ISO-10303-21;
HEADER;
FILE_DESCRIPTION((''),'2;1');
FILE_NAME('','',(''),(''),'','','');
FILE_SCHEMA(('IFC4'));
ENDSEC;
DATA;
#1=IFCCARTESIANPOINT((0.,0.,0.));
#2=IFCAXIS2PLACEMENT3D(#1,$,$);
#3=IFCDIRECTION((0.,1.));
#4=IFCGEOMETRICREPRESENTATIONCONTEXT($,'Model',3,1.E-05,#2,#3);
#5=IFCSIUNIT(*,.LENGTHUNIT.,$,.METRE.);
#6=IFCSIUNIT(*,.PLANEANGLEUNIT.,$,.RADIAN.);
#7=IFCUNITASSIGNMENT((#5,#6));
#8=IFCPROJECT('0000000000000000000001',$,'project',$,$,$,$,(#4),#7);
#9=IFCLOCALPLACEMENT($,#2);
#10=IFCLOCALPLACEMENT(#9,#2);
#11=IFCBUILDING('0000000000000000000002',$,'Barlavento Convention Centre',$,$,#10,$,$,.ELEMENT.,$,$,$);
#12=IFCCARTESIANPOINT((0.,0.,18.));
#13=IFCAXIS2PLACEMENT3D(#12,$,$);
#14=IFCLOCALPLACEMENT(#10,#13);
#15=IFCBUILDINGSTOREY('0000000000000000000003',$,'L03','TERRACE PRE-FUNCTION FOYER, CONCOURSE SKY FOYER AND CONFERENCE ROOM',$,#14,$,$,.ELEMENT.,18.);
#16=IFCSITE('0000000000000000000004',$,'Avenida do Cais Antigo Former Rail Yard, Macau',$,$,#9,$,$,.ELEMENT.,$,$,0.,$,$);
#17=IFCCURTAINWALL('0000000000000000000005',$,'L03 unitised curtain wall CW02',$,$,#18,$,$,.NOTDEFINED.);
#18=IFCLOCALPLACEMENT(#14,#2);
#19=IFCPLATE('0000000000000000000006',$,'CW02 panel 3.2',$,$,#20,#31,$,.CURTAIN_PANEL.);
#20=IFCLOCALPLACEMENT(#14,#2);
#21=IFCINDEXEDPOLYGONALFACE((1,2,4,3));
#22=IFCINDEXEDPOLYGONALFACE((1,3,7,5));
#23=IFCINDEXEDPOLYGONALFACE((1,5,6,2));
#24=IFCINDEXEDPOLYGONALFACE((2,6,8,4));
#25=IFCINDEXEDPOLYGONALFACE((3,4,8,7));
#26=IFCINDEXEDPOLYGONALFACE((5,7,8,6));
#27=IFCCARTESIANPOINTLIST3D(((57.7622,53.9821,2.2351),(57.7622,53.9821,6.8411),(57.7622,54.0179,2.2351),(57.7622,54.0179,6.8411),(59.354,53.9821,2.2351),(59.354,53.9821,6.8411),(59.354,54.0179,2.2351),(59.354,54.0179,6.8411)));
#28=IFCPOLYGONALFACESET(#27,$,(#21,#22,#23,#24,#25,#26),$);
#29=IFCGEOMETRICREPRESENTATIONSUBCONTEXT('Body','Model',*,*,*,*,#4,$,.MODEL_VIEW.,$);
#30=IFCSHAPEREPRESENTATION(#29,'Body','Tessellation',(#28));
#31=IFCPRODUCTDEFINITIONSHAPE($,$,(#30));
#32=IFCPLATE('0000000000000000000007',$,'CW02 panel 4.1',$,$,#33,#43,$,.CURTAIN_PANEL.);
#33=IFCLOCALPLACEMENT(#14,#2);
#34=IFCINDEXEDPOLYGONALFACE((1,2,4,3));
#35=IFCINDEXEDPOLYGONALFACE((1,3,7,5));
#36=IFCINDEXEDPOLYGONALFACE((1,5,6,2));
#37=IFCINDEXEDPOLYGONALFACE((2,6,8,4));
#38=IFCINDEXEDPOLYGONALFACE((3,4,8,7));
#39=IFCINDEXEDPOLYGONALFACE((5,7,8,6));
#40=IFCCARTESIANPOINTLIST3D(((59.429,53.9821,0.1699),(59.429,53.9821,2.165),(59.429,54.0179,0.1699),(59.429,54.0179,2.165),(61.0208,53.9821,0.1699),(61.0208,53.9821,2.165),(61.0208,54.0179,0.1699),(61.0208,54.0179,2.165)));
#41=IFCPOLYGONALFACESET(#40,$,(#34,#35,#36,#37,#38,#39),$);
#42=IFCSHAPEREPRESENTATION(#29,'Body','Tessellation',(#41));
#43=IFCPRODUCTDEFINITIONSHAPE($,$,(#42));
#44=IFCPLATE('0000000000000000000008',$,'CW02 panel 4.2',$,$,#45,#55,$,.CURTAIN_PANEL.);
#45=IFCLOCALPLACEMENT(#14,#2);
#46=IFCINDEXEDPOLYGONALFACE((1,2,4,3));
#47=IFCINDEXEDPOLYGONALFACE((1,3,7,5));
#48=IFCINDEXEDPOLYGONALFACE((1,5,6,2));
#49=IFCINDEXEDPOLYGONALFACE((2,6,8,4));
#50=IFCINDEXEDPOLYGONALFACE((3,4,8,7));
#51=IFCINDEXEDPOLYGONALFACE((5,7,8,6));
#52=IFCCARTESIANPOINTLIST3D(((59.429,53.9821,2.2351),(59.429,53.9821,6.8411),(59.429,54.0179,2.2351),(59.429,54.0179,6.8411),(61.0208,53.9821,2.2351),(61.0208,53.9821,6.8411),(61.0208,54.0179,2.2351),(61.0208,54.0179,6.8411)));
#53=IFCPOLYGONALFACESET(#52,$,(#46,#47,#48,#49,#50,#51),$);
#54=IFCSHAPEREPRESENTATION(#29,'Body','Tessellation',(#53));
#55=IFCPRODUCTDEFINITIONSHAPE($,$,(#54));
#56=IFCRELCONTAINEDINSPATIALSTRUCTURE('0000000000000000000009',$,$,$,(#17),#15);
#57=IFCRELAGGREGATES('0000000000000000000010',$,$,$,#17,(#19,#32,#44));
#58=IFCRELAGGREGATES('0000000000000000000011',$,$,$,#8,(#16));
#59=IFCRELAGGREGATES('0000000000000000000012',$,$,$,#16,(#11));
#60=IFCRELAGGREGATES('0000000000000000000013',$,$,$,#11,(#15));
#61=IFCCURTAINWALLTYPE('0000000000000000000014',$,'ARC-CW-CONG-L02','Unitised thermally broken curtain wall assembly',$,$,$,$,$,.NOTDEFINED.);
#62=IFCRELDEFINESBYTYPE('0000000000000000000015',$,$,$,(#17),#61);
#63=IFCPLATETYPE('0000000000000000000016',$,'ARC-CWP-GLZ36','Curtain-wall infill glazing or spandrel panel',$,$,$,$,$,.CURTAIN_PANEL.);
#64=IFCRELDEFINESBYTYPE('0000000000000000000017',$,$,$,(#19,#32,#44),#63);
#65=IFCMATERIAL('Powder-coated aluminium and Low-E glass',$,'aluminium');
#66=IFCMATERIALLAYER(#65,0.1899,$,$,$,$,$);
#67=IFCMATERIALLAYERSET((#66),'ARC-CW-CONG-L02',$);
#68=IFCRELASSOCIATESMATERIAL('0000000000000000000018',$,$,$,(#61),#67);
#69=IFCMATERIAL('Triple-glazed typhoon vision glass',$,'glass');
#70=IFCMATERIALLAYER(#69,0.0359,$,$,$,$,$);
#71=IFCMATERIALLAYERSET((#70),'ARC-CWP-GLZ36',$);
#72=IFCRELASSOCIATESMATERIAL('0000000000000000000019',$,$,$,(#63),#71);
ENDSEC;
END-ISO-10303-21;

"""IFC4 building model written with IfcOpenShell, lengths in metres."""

from ifc_helpers import new_model, si_unit, direction, frame, origin, origin_2d, place, context, subcontext, project, spatial, rectangle, extrude, material, layer, layer_set, type_object, element, aggregate, save


model = new_model("IFC4")

# Units and contexts
model_context = context("Model", 3, precision=1e-05, world=origin(), true_north=direction((0.0, 1.0)))
body_context = subcontext(model_context, "Body", "Model", "MODEL_VIEW")
ifc_project = project(units=[si_unit("LENGTHUNIT", "METRE"), si_unit("PLANEANGLEUNIT", "RADIAN")], contexts=[model_context])

# Site, building, storey
site_placement = place(None, origin())
site = spatial("IfcSite", under=ifc_project, at=site_placement, Name="Avenida do Cais Antigo Former Rail Yard, Macau", CompositionType="ELEMENT", RefElevation=0.0)
building_placement = place(site_placement, origin())
building = spatial("IfcBuilding", under=site, at=building_placement, Name="Barlavento Convention Centre", CompositionType="ELEMENT")
storey_placement = place(building_placement, frame((0.0, 0.0, 18.0)))
storey = spatial("IfcBuildingStorey", under=building, at=storey_placement, Name="L03", Description="TERRACE PRE-FUNCTION FOYER, CONCOURSE SKY FOYER AND CONFERENCE ROOM", CompositionType="ELEMENT", Elevation=18.0)

# Shared definitions
ifc_material_1 = material(Name="Powder-coated aluminium and Low-E glass", Category="aluminium")
ifc_layer_1 = layer(ifc_material_1, 0.1899)
ifc_layer_set_1 = layer_set([ifc_layer_1], Name="ARC-CW-CONG-L02")
curtain_wall_type = type_object("IfcCurtainWallType", Name="ARC-CW-CONG-L02", Description="Unitised thermally broken curtain wall assembly", PredefinedType="NOTDEFINED", material=ifc_layer_set_1)

# Curtain wall
curtain_wall_1_placement = place(storey_placement, origin())
curtain_wall_1 = element("IfcCurtainWall", 1, at=curtain_wall_1_placement, inside=storey, type_object=curtain_wall_type, Name="L03 unitised curtain wall CW02", PredefinedType="NOTDEFINED")

# Plates
ifc_material_2 = material(Name="Triple-glazed typhoon vision glass", Category="glass")
ifc_layer_2 = layer(ifc_material_2, 0.0359)
ifc_layer_set_2 = layer_set([ifc_layer_2], Name="ARC-CWP-GLZ36")
plate_type = type_object("IfcPlateType", Name="ARC-CWP-GLZ36", Description="Curtain-wall infill glazing or spandrel panel", PredefinedType="CURTAIN_PANEL", material=ifc_layer_set_2)
plate_1_placement = place(storey_placement, frame((58.5581, 54.0, 2.2351), z_axis=(0.0, 0.0, 1.0), x_axis=(1.0, 0.0, 0.0)))
plate_1 = element("IfcPlate", 2, at=plate_1_placement, type_object=plate_type, Name="CW02 panel 3.2", PredefinedType="CURTAIN_PANEL", context=body_context, shape_type="SweptSolid", body=[
    extrude(rectangle(XDim=1.5918, YDim=0.0359, at=origin_2d()), origin(), (0.0, 0.0, 1.0), 4.606),
])
plate_2_placement = place(storey_placement, frame((60.2249, 54.0, 0.1699), z_axis=(0.0, 0.0, 1.0), x_axis=(1.0, 0.0, 0.0)))
plate_2 = element("IfcPlate", 3, at=plate_2_placement, type_object=plate_type, Name="CW02 panel 4.1", PredefinedType="CURTAIN_PANEL", context=body_context, shape_type="SweptSolid", body=[
    extrude(rectangle(XDim=1.5918, YDim=0.0359, at=origin_2d()), origin(), (0.0, 0.0, 1.0), 1.9951),
])
plate_3_placement = place(storey_placement, frame((60.2249, 54.0, 2.2351), z_axis=(0.0, 0.0, 1.0), x_axis=(1.0, 0.0, 0.0)))
plate_3 = element("IfcPlate", 4, at=plate_3_placement, type_object=plate_type, Name="CW02 panel 4.2", PredefinedType="CURTAIN_PANEL", context=body_context, shape_type="SweptSolid", body=[
    extrude(rectangle(XDim=1.5918, YDim=0.0359, at=origin_2d()), origin(), (0.0, 0.0, 1.0), 4.606),
])
aggregate(curtain_wall_1, [plate_1, plate_2, plate_3])

save(model, "model.ifc")
